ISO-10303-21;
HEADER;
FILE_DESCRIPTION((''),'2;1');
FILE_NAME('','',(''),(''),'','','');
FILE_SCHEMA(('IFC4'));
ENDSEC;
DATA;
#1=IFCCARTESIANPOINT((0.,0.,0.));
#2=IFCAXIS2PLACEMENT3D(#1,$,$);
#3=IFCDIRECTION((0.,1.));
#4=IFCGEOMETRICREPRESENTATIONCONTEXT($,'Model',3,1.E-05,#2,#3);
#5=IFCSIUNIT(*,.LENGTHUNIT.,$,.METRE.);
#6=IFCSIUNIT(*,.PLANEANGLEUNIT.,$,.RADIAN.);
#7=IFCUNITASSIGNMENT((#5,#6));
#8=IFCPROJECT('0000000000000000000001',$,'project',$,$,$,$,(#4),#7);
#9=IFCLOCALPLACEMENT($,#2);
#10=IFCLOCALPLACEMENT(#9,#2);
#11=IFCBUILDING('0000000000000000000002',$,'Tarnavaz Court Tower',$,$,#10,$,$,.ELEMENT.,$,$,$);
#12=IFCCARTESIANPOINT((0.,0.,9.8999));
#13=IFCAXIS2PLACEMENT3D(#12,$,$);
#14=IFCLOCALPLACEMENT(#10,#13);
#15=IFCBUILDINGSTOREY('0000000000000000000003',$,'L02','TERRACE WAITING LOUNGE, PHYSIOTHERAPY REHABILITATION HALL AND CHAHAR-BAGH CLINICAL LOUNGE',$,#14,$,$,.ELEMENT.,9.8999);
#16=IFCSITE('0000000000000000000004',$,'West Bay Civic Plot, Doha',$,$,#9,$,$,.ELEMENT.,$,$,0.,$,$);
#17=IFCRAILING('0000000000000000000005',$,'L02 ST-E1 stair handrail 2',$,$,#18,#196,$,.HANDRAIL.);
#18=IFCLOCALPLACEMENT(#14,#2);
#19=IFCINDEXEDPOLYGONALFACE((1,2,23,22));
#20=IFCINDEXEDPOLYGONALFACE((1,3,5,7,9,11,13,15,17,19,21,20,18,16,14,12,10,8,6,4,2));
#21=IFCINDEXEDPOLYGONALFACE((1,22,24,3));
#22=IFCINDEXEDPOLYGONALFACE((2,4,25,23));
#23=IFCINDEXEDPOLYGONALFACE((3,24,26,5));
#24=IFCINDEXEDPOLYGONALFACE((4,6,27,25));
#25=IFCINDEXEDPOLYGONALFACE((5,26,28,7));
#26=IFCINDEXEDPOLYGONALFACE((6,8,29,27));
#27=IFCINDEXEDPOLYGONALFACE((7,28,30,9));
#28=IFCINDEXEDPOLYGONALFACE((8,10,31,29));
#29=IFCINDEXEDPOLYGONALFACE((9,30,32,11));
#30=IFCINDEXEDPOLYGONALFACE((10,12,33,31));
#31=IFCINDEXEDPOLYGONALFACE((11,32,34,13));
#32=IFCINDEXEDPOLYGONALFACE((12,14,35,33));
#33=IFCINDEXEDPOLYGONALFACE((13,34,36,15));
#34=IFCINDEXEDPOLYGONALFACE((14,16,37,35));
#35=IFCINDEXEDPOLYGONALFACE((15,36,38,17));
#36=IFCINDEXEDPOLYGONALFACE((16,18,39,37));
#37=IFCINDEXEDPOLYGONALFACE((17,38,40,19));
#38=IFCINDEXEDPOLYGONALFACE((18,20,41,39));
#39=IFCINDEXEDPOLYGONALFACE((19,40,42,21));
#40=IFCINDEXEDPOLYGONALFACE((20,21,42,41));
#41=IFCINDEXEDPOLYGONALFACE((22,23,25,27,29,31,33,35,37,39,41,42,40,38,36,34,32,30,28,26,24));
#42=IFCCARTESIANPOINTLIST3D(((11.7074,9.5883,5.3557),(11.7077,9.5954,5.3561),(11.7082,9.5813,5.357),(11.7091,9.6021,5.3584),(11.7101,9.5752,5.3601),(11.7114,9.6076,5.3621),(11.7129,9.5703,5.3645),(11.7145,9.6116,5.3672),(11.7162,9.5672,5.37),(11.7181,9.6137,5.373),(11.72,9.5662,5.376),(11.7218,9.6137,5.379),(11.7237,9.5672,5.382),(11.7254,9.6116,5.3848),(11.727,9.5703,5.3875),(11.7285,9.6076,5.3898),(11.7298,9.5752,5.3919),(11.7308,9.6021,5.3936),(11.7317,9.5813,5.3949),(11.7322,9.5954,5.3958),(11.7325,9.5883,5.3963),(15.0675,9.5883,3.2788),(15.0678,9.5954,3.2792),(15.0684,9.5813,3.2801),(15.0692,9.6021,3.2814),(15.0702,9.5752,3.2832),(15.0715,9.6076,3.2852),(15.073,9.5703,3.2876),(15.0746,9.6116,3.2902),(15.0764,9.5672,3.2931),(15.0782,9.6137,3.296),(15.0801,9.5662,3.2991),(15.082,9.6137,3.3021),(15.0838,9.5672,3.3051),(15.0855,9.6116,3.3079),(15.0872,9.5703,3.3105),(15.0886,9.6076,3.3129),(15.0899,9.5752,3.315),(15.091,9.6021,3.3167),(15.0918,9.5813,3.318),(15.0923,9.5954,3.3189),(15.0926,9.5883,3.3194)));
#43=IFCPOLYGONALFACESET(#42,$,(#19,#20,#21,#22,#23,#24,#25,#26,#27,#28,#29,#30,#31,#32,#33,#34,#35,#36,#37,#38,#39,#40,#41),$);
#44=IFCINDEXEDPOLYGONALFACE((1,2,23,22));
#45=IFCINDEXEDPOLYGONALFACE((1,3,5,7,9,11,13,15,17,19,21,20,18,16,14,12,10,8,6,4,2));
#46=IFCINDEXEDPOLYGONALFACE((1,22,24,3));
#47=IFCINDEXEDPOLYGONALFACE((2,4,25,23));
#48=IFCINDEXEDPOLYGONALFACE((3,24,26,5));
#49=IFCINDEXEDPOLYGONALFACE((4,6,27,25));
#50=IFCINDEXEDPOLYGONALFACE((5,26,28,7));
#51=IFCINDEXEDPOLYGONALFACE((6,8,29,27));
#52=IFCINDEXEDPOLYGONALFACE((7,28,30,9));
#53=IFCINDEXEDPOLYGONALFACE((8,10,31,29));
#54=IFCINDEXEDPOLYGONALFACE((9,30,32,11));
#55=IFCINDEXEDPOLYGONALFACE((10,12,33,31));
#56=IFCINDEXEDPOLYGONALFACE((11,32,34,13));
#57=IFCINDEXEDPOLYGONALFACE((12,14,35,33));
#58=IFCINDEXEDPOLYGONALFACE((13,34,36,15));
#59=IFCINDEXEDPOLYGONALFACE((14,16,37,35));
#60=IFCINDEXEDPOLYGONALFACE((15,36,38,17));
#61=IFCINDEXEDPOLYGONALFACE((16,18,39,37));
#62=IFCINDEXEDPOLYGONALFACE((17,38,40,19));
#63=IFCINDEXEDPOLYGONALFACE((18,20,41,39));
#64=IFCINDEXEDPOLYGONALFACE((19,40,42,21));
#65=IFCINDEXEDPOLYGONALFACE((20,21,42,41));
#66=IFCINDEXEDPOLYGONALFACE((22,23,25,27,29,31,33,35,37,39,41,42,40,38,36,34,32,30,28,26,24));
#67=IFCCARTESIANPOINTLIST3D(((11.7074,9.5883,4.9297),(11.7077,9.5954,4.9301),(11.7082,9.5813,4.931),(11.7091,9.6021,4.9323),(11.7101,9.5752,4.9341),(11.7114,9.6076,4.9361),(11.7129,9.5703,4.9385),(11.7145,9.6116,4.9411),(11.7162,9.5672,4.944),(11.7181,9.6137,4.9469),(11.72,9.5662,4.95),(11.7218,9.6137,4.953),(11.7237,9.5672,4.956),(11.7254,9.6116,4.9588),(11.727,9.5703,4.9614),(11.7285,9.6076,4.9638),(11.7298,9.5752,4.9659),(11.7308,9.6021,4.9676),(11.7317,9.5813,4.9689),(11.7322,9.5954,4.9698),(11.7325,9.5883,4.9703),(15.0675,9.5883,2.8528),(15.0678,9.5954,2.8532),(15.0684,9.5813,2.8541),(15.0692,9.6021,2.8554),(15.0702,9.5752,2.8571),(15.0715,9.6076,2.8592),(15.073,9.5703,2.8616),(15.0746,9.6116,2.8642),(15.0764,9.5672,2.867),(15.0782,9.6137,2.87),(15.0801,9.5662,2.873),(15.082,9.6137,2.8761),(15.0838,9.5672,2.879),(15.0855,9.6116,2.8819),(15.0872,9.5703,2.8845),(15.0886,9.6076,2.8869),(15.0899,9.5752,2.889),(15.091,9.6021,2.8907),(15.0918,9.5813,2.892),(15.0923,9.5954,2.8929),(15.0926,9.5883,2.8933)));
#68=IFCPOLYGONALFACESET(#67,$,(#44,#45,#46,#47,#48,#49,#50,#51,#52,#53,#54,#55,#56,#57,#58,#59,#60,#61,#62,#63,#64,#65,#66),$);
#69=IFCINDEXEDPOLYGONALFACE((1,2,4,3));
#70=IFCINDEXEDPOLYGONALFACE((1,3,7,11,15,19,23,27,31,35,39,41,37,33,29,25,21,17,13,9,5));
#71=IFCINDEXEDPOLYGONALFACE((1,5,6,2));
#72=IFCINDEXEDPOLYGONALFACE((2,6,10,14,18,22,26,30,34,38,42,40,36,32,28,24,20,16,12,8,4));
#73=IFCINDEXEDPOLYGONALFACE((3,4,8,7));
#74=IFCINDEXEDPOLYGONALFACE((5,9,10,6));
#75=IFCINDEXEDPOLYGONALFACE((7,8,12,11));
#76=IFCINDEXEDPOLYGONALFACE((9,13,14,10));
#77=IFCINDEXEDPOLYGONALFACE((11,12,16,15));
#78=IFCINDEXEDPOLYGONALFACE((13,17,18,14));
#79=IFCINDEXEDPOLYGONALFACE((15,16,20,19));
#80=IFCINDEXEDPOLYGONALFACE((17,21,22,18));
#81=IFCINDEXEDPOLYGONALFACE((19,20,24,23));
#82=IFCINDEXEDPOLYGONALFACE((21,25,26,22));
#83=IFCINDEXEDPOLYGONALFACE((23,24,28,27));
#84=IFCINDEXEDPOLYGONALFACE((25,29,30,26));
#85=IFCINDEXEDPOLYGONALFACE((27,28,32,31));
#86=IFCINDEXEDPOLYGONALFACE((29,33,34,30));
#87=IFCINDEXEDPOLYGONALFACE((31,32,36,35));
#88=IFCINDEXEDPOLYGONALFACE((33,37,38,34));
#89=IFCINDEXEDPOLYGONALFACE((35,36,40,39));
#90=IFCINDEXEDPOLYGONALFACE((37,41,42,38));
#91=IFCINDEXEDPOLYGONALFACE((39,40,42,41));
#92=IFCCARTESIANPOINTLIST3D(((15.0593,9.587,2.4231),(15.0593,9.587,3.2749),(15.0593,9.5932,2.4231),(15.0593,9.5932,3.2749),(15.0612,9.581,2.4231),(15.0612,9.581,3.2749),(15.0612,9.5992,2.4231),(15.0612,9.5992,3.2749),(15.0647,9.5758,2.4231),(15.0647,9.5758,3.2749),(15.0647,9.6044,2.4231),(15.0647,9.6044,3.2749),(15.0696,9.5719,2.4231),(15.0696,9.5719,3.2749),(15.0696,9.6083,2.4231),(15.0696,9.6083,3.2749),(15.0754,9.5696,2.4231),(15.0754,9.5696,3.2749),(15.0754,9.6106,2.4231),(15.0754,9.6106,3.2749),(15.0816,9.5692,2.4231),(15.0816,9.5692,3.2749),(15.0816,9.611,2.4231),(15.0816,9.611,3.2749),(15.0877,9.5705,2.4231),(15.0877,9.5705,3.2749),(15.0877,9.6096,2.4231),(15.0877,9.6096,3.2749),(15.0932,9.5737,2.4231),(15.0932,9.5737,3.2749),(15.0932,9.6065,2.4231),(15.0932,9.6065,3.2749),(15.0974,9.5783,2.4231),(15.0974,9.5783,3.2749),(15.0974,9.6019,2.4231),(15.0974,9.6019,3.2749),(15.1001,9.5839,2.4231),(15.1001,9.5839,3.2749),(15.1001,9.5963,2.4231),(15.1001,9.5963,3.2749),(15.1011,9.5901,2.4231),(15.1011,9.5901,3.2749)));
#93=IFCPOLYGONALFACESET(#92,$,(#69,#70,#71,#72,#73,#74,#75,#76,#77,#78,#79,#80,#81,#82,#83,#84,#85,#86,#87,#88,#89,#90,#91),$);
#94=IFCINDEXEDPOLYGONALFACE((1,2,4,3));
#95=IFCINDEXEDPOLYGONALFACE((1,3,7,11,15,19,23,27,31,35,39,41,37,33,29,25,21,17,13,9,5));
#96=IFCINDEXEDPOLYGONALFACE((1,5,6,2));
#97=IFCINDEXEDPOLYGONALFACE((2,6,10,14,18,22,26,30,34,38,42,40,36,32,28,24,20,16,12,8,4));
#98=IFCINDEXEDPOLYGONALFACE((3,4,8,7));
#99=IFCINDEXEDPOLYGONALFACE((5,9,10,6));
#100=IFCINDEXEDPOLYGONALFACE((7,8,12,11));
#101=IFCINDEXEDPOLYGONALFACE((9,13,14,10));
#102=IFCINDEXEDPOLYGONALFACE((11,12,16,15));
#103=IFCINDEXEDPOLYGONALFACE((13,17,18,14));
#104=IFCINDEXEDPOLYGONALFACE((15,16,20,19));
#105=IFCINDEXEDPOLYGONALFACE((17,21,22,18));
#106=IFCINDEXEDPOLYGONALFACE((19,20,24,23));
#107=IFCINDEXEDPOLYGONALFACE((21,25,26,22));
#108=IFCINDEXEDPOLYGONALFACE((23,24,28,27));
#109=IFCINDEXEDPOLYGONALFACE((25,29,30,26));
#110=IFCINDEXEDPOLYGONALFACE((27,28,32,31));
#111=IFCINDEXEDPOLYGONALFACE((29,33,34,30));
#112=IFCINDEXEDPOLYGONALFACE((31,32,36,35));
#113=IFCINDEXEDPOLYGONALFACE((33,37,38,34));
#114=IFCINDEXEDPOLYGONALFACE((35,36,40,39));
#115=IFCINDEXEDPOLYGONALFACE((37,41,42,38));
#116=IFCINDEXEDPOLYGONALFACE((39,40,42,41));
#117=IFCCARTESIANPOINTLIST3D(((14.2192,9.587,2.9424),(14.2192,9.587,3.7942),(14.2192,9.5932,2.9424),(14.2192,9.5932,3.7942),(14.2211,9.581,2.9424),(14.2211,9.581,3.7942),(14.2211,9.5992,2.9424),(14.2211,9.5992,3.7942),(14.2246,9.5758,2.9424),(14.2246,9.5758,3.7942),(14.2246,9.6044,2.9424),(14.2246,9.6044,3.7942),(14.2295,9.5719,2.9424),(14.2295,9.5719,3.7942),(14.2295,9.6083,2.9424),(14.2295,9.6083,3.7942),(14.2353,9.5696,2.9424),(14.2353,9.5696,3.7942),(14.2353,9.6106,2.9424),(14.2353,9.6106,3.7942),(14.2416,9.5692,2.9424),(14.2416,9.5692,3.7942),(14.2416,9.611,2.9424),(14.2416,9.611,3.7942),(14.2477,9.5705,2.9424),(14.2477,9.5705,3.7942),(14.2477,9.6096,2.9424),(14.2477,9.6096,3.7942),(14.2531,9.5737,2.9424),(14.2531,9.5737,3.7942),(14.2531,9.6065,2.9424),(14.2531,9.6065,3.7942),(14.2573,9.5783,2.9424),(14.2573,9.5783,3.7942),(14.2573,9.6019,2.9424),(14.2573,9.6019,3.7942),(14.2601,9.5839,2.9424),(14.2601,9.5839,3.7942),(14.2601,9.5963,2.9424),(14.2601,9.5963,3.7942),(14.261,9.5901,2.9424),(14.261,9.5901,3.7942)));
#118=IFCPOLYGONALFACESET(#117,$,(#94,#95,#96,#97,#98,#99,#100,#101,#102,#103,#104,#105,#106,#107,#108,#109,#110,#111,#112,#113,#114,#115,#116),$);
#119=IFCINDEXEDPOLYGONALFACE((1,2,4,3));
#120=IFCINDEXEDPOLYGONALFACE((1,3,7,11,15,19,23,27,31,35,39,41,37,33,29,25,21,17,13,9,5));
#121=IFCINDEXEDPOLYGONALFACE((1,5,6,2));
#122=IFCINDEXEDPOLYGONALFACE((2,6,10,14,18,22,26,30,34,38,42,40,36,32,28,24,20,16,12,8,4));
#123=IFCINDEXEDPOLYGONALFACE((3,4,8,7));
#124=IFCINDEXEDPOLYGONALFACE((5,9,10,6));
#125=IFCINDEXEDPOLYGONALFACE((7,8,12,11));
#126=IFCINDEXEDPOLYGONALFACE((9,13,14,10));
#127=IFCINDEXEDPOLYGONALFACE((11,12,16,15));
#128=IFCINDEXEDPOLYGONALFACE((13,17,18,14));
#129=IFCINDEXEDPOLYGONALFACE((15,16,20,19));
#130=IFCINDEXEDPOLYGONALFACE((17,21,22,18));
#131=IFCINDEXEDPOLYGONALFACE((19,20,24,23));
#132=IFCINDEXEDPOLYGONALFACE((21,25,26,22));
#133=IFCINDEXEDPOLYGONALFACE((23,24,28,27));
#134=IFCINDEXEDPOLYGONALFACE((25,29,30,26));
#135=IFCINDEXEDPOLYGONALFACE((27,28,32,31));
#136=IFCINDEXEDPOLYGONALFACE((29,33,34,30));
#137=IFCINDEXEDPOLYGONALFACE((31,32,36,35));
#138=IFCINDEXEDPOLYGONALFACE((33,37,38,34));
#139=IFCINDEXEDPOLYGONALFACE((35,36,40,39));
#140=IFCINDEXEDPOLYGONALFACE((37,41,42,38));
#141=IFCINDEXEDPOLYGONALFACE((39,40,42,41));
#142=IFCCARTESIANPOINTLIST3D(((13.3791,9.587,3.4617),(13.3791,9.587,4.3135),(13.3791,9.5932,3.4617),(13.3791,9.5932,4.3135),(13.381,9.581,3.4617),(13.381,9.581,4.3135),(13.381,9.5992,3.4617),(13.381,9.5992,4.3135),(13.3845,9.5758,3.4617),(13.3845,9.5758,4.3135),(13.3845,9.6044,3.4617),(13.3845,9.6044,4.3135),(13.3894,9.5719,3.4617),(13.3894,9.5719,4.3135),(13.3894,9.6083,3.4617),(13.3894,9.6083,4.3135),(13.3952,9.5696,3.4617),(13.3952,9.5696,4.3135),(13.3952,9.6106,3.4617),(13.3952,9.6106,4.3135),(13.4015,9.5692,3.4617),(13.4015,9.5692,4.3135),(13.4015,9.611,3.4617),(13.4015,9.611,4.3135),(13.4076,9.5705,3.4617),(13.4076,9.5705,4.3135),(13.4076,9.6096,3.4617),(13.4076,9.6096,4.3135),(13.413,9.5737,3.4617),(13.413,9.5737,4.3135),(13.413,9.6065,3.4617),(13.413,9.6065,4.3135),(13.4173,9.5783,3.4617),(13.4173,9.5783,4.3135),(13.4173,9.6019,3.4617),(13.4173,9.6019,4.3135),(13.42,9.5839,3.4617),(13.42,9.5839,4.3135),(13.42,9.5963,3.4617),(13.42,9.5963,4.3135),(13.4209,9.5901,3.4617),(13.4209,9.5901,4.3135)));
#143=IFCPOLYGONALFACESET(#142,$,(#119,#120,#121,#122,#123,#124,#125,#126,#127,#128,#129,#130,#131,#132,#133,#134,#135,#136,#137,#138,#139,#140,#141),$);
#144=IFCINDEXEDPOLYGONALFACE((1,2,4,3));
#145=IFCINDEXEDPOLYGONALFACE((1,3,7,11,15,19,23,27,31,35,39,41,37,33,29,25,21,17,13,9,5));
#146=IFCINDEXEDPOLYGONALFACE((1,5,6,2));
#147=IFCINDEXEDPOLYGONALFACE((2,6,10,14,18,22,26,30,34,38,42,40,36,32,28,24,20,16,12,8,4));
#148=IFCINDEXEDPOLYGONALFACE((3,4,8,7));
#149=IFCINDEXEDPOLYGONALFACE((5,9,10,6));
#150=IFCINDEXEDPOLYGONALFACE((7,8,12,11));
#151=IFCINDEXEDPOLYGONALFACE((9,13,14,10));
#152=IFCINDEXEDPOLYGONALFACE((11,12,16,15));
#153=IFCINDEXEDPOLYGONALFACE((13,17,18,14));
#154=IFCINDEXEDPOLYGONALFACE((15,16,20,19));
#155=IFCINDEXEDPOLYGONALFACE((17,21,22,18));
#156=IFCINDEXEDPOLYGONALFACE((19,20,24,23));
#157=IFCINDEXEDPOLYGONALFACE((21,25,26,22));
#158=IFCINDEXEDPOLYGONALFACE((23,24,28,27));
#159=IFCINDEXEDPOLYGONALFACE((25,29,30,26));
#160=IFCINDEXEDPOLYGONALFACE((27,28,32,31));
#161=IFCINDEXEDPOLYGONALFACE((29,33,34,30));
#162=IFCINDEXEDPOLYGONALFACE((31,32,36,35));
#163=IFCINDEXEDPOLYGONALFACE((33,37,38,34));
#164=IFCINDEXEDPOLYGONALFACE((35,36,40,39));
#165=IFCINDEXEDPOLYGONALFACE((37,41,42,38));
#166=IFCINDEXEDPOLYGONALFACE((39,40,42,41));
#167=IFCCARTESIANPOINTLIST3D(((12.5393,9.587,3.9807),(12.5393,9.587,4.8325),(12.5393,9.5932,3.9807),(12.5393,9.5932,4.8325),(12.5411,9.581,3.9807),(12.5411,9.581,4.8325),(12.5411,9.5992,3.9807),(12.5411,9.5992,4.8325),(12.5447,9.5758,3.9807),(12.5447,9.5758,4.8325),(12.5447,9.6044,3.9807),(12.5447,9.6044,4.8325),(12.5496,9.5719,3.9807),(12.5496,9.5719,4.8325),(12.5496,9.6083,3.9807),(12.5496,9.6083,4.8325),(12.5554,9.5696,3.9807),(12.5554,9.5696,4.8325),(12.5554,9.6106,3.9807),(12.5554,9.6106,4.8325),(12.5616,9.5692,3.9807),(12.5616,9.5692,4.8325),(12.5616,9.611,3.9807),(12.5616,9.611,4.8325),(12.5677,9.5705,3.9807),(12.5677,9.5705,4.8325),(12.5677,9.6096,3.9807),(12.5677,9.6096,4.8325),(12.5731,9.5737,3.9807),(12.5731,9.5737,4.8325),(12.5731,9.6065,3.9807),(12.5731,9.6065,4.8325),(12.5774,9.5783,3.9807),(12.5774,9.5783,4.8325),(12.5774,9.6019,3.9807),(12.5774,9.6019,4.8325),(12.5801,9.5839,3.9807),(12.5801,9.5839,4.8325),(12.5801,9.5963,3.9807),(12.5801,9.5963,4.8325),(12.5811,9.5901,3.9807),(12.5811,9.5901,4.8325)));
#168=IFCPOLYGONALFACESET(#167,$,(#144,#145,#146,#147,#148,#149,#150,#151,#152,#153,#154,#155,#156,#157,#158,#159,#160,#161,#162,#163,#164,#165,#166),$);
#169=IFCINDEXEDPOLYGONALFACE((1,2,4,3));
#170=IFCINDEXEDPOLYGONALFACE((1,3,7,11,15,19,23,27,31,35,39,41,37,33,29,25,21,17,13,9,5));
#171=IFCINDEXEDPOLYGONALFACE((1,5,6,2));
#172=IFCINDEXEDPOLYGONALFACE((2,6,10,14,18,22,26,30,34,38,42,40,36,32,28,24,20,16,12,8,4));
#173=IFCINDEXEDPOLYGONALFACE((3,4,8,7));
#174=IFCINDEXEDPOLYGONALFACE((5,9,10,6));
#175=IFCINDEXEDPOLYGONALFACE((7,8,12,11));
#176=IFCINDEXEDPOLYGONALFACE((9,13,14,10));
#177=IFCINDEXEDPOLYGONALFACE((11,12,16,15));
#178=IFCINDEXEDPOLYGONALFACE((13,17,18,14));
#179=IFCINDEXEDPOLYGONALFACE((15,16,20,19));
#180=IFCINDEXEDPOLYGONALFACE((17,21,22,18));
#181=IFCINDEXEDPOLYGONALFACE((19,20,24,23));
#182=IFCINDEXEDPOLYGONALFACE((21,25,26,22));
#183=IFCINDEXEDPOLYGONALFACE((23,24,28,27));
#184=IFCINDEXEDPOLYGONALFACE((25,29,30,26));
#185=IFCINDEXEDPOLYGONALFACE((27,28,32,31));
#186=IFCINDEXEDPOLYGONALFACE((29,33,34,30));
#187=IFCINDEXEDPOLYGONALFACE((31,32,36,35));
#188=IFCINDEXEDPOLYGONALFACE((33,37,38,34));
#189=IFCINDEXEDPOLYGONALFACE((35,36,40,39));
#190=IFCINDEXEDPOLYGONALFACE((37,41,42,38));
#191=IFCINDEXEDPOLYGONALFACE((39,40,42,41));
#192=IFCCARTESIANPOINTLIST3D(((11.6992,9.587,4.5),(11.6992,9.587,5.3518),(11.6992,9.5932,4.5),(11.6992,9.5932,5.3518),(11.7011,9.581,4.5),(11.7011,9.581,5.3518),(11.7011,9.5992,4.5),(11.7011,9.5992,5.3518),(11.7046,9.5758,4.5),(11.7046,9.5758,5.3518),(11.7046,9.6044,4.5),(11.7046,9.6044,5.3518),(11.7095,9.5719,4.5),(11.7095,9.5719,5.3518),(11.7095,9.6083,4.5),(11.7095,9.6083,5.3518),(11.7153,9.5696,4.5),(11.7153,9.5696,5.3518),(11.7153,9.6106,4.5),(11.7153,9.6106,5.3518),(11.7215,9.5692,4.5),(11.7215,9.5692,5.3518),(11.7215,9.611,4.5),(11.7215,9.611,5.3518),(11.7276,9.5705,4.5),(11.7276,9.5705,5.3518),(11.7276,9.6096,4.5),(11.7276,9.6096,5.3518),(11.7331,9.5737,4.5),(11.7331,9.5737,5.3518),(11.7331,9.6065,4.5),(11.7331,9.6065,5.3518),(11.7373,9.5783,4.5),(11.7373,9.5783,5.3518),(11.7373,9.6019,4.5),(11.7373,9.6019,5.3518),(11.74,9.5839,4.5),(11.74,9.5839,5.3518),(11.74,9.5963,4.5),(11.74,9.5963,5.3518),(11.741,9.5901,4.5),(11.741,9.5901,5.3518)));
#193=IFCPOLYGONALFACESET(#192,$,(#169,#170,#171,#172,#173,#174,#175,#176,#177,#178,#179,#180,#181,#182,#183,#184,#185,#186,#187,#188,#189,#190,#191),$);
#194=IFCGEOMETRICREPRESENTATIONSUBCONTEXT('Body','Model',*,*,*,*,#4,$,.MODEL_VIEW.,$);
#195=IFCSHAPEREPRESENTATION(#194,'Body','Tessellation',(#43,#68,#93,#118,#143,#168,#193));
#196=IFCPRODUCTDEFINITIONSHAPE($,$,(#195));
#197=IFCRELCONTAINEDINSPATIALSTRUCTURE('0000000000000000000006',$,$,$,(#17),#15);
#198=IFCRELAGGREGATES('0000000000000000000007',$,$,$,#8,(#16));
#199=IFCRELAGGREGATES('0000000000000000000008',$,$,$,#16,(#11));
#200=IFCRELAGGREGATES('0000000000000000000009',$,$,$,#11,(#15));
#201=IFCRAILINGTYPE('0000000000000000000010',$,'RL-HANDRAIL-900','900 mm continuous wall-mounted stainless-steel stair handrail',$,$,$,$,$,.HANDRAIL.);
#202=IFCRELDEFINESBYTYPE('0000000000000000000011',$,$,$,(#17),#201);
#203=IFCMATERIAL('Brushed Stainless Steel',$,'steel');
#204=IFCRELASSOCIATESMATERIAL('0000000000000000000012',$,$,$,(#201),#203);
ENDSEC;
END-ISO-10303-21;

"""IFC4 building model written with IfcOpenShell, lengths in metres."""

from ifc_helpers import new_model, si_unit, direction, frame, origin, origin_2d, place, context, subcontext, project, spatial, circle, extrude, material, type_object, element, save


model = new_model("IFC4")

# Units and contexts
model_context = context("Model", 3, precision=1e-05, world=origin(), true_north=direction((0.0, 1.0)))
body_context = subcontext(model_context, "Body", "Model", "MODEL_VIEW")
ifc_project = project(units=[si_unit("LENGTHUNIT", "METRE"), si_unit("PLANEANGLEUNIT", "RADIAN")], contexts=[model_context])

# Site, building, storey
site_placement = place(None, origin())
site = spatial("IfcSite", under=ifc_project, at=site_placement, Name="West Bay Civic Plot, Doha", CompositionType="ELEMENT", RefElevation=0.0)
building_placement = place(site_placement, origin())
building = spatial("IfcBuilding", under=site, at=building_placement, Name="Tarnavaz Court Tower", CompositionType="ELEMENT")
storey_placement = place(building_placement, frame((0.0, 0.0, 9.8999)))
storey = spatial("IfcBuildingStorey", under=building, at=storey_placement, Name="L02", Description="TERRACE WAITING LOUNGE, PHYSIOTHERAPY REHABILITATION HALL AND CHAHAR-BAGH CLINICAL LOUNGE", CompositionType="ELEMENT", Elevation=9.8999)

# Railing
ifc_material_1 = material(Name="Brushed Stainless Steel", Category="steel")
railing_type_1 = type_object("IfcRailingType", Name="RL-HANDRAIL-900", Description="900 mm continuous wall-mounted stainless-steel stair handrail", PredefinedType="HANDRAIL", material=ifc_material_1)
railing_1_placement = place(storey_placement, frame((15.0801, 9.5901, 2.4231)))
element("IfcRailing", 1, at=railing_1_placement, inside=storey, type_object=railing_type_1, Name="L02 ST-E1 stair handrail 2", PredefinedType="HANDRAIL", context=body_context, shape_type="SweptSolid", body=[
    extrude(circle(Radius=0.0239, at=origin_2d()), frame((0.0, 0.0, 0.876), z_axis=(-0.850623, 0.0, 0.525776), x_axis=(0.0, -1.0, 0.0)), (0.0, 0.0, 1.0), 3.9502),
    extrude(circle(Radius=0.0239, at=origin_2d()), frame((0.0, 0.0, 0.45), z_axis=(-0.850623, 0.0, 0.525776), x_axis=(0.0, -1.0, 0.0)), (0.0, 0.0, 1.0), 3.9502),
    extrude(circle(Radius=0.021, at=origin_2d()), origin(), (0.0, 0.0, 1.0), 0.8518),
    extrude(circle(Radius=0.021, at=origin_2d()), frame((-0.8401, 0.0, 0.5193)), (0.0, 0.0, 1.0), 0.8518),
    extrude(circle(Radius=0.021, at=origin_2d()), frame((-1.6802, 0.0, 1.0386)), (0.0, 0.0, 1.0), 0.8518),
    extrude(circle(Radius=0.021, at=origin_2d()), frame((-2.52, 0.0, 1.5576)), (0.0, 0.0, 1.0), 0.8518),
    extrude(circle(Radius=0.021, at=origin_2d()), frame((-3.3601, 0.0, 2.0769)), (0.0, 0.0, 1.0), 0.8518),
])

save(model, "model.ifc")
